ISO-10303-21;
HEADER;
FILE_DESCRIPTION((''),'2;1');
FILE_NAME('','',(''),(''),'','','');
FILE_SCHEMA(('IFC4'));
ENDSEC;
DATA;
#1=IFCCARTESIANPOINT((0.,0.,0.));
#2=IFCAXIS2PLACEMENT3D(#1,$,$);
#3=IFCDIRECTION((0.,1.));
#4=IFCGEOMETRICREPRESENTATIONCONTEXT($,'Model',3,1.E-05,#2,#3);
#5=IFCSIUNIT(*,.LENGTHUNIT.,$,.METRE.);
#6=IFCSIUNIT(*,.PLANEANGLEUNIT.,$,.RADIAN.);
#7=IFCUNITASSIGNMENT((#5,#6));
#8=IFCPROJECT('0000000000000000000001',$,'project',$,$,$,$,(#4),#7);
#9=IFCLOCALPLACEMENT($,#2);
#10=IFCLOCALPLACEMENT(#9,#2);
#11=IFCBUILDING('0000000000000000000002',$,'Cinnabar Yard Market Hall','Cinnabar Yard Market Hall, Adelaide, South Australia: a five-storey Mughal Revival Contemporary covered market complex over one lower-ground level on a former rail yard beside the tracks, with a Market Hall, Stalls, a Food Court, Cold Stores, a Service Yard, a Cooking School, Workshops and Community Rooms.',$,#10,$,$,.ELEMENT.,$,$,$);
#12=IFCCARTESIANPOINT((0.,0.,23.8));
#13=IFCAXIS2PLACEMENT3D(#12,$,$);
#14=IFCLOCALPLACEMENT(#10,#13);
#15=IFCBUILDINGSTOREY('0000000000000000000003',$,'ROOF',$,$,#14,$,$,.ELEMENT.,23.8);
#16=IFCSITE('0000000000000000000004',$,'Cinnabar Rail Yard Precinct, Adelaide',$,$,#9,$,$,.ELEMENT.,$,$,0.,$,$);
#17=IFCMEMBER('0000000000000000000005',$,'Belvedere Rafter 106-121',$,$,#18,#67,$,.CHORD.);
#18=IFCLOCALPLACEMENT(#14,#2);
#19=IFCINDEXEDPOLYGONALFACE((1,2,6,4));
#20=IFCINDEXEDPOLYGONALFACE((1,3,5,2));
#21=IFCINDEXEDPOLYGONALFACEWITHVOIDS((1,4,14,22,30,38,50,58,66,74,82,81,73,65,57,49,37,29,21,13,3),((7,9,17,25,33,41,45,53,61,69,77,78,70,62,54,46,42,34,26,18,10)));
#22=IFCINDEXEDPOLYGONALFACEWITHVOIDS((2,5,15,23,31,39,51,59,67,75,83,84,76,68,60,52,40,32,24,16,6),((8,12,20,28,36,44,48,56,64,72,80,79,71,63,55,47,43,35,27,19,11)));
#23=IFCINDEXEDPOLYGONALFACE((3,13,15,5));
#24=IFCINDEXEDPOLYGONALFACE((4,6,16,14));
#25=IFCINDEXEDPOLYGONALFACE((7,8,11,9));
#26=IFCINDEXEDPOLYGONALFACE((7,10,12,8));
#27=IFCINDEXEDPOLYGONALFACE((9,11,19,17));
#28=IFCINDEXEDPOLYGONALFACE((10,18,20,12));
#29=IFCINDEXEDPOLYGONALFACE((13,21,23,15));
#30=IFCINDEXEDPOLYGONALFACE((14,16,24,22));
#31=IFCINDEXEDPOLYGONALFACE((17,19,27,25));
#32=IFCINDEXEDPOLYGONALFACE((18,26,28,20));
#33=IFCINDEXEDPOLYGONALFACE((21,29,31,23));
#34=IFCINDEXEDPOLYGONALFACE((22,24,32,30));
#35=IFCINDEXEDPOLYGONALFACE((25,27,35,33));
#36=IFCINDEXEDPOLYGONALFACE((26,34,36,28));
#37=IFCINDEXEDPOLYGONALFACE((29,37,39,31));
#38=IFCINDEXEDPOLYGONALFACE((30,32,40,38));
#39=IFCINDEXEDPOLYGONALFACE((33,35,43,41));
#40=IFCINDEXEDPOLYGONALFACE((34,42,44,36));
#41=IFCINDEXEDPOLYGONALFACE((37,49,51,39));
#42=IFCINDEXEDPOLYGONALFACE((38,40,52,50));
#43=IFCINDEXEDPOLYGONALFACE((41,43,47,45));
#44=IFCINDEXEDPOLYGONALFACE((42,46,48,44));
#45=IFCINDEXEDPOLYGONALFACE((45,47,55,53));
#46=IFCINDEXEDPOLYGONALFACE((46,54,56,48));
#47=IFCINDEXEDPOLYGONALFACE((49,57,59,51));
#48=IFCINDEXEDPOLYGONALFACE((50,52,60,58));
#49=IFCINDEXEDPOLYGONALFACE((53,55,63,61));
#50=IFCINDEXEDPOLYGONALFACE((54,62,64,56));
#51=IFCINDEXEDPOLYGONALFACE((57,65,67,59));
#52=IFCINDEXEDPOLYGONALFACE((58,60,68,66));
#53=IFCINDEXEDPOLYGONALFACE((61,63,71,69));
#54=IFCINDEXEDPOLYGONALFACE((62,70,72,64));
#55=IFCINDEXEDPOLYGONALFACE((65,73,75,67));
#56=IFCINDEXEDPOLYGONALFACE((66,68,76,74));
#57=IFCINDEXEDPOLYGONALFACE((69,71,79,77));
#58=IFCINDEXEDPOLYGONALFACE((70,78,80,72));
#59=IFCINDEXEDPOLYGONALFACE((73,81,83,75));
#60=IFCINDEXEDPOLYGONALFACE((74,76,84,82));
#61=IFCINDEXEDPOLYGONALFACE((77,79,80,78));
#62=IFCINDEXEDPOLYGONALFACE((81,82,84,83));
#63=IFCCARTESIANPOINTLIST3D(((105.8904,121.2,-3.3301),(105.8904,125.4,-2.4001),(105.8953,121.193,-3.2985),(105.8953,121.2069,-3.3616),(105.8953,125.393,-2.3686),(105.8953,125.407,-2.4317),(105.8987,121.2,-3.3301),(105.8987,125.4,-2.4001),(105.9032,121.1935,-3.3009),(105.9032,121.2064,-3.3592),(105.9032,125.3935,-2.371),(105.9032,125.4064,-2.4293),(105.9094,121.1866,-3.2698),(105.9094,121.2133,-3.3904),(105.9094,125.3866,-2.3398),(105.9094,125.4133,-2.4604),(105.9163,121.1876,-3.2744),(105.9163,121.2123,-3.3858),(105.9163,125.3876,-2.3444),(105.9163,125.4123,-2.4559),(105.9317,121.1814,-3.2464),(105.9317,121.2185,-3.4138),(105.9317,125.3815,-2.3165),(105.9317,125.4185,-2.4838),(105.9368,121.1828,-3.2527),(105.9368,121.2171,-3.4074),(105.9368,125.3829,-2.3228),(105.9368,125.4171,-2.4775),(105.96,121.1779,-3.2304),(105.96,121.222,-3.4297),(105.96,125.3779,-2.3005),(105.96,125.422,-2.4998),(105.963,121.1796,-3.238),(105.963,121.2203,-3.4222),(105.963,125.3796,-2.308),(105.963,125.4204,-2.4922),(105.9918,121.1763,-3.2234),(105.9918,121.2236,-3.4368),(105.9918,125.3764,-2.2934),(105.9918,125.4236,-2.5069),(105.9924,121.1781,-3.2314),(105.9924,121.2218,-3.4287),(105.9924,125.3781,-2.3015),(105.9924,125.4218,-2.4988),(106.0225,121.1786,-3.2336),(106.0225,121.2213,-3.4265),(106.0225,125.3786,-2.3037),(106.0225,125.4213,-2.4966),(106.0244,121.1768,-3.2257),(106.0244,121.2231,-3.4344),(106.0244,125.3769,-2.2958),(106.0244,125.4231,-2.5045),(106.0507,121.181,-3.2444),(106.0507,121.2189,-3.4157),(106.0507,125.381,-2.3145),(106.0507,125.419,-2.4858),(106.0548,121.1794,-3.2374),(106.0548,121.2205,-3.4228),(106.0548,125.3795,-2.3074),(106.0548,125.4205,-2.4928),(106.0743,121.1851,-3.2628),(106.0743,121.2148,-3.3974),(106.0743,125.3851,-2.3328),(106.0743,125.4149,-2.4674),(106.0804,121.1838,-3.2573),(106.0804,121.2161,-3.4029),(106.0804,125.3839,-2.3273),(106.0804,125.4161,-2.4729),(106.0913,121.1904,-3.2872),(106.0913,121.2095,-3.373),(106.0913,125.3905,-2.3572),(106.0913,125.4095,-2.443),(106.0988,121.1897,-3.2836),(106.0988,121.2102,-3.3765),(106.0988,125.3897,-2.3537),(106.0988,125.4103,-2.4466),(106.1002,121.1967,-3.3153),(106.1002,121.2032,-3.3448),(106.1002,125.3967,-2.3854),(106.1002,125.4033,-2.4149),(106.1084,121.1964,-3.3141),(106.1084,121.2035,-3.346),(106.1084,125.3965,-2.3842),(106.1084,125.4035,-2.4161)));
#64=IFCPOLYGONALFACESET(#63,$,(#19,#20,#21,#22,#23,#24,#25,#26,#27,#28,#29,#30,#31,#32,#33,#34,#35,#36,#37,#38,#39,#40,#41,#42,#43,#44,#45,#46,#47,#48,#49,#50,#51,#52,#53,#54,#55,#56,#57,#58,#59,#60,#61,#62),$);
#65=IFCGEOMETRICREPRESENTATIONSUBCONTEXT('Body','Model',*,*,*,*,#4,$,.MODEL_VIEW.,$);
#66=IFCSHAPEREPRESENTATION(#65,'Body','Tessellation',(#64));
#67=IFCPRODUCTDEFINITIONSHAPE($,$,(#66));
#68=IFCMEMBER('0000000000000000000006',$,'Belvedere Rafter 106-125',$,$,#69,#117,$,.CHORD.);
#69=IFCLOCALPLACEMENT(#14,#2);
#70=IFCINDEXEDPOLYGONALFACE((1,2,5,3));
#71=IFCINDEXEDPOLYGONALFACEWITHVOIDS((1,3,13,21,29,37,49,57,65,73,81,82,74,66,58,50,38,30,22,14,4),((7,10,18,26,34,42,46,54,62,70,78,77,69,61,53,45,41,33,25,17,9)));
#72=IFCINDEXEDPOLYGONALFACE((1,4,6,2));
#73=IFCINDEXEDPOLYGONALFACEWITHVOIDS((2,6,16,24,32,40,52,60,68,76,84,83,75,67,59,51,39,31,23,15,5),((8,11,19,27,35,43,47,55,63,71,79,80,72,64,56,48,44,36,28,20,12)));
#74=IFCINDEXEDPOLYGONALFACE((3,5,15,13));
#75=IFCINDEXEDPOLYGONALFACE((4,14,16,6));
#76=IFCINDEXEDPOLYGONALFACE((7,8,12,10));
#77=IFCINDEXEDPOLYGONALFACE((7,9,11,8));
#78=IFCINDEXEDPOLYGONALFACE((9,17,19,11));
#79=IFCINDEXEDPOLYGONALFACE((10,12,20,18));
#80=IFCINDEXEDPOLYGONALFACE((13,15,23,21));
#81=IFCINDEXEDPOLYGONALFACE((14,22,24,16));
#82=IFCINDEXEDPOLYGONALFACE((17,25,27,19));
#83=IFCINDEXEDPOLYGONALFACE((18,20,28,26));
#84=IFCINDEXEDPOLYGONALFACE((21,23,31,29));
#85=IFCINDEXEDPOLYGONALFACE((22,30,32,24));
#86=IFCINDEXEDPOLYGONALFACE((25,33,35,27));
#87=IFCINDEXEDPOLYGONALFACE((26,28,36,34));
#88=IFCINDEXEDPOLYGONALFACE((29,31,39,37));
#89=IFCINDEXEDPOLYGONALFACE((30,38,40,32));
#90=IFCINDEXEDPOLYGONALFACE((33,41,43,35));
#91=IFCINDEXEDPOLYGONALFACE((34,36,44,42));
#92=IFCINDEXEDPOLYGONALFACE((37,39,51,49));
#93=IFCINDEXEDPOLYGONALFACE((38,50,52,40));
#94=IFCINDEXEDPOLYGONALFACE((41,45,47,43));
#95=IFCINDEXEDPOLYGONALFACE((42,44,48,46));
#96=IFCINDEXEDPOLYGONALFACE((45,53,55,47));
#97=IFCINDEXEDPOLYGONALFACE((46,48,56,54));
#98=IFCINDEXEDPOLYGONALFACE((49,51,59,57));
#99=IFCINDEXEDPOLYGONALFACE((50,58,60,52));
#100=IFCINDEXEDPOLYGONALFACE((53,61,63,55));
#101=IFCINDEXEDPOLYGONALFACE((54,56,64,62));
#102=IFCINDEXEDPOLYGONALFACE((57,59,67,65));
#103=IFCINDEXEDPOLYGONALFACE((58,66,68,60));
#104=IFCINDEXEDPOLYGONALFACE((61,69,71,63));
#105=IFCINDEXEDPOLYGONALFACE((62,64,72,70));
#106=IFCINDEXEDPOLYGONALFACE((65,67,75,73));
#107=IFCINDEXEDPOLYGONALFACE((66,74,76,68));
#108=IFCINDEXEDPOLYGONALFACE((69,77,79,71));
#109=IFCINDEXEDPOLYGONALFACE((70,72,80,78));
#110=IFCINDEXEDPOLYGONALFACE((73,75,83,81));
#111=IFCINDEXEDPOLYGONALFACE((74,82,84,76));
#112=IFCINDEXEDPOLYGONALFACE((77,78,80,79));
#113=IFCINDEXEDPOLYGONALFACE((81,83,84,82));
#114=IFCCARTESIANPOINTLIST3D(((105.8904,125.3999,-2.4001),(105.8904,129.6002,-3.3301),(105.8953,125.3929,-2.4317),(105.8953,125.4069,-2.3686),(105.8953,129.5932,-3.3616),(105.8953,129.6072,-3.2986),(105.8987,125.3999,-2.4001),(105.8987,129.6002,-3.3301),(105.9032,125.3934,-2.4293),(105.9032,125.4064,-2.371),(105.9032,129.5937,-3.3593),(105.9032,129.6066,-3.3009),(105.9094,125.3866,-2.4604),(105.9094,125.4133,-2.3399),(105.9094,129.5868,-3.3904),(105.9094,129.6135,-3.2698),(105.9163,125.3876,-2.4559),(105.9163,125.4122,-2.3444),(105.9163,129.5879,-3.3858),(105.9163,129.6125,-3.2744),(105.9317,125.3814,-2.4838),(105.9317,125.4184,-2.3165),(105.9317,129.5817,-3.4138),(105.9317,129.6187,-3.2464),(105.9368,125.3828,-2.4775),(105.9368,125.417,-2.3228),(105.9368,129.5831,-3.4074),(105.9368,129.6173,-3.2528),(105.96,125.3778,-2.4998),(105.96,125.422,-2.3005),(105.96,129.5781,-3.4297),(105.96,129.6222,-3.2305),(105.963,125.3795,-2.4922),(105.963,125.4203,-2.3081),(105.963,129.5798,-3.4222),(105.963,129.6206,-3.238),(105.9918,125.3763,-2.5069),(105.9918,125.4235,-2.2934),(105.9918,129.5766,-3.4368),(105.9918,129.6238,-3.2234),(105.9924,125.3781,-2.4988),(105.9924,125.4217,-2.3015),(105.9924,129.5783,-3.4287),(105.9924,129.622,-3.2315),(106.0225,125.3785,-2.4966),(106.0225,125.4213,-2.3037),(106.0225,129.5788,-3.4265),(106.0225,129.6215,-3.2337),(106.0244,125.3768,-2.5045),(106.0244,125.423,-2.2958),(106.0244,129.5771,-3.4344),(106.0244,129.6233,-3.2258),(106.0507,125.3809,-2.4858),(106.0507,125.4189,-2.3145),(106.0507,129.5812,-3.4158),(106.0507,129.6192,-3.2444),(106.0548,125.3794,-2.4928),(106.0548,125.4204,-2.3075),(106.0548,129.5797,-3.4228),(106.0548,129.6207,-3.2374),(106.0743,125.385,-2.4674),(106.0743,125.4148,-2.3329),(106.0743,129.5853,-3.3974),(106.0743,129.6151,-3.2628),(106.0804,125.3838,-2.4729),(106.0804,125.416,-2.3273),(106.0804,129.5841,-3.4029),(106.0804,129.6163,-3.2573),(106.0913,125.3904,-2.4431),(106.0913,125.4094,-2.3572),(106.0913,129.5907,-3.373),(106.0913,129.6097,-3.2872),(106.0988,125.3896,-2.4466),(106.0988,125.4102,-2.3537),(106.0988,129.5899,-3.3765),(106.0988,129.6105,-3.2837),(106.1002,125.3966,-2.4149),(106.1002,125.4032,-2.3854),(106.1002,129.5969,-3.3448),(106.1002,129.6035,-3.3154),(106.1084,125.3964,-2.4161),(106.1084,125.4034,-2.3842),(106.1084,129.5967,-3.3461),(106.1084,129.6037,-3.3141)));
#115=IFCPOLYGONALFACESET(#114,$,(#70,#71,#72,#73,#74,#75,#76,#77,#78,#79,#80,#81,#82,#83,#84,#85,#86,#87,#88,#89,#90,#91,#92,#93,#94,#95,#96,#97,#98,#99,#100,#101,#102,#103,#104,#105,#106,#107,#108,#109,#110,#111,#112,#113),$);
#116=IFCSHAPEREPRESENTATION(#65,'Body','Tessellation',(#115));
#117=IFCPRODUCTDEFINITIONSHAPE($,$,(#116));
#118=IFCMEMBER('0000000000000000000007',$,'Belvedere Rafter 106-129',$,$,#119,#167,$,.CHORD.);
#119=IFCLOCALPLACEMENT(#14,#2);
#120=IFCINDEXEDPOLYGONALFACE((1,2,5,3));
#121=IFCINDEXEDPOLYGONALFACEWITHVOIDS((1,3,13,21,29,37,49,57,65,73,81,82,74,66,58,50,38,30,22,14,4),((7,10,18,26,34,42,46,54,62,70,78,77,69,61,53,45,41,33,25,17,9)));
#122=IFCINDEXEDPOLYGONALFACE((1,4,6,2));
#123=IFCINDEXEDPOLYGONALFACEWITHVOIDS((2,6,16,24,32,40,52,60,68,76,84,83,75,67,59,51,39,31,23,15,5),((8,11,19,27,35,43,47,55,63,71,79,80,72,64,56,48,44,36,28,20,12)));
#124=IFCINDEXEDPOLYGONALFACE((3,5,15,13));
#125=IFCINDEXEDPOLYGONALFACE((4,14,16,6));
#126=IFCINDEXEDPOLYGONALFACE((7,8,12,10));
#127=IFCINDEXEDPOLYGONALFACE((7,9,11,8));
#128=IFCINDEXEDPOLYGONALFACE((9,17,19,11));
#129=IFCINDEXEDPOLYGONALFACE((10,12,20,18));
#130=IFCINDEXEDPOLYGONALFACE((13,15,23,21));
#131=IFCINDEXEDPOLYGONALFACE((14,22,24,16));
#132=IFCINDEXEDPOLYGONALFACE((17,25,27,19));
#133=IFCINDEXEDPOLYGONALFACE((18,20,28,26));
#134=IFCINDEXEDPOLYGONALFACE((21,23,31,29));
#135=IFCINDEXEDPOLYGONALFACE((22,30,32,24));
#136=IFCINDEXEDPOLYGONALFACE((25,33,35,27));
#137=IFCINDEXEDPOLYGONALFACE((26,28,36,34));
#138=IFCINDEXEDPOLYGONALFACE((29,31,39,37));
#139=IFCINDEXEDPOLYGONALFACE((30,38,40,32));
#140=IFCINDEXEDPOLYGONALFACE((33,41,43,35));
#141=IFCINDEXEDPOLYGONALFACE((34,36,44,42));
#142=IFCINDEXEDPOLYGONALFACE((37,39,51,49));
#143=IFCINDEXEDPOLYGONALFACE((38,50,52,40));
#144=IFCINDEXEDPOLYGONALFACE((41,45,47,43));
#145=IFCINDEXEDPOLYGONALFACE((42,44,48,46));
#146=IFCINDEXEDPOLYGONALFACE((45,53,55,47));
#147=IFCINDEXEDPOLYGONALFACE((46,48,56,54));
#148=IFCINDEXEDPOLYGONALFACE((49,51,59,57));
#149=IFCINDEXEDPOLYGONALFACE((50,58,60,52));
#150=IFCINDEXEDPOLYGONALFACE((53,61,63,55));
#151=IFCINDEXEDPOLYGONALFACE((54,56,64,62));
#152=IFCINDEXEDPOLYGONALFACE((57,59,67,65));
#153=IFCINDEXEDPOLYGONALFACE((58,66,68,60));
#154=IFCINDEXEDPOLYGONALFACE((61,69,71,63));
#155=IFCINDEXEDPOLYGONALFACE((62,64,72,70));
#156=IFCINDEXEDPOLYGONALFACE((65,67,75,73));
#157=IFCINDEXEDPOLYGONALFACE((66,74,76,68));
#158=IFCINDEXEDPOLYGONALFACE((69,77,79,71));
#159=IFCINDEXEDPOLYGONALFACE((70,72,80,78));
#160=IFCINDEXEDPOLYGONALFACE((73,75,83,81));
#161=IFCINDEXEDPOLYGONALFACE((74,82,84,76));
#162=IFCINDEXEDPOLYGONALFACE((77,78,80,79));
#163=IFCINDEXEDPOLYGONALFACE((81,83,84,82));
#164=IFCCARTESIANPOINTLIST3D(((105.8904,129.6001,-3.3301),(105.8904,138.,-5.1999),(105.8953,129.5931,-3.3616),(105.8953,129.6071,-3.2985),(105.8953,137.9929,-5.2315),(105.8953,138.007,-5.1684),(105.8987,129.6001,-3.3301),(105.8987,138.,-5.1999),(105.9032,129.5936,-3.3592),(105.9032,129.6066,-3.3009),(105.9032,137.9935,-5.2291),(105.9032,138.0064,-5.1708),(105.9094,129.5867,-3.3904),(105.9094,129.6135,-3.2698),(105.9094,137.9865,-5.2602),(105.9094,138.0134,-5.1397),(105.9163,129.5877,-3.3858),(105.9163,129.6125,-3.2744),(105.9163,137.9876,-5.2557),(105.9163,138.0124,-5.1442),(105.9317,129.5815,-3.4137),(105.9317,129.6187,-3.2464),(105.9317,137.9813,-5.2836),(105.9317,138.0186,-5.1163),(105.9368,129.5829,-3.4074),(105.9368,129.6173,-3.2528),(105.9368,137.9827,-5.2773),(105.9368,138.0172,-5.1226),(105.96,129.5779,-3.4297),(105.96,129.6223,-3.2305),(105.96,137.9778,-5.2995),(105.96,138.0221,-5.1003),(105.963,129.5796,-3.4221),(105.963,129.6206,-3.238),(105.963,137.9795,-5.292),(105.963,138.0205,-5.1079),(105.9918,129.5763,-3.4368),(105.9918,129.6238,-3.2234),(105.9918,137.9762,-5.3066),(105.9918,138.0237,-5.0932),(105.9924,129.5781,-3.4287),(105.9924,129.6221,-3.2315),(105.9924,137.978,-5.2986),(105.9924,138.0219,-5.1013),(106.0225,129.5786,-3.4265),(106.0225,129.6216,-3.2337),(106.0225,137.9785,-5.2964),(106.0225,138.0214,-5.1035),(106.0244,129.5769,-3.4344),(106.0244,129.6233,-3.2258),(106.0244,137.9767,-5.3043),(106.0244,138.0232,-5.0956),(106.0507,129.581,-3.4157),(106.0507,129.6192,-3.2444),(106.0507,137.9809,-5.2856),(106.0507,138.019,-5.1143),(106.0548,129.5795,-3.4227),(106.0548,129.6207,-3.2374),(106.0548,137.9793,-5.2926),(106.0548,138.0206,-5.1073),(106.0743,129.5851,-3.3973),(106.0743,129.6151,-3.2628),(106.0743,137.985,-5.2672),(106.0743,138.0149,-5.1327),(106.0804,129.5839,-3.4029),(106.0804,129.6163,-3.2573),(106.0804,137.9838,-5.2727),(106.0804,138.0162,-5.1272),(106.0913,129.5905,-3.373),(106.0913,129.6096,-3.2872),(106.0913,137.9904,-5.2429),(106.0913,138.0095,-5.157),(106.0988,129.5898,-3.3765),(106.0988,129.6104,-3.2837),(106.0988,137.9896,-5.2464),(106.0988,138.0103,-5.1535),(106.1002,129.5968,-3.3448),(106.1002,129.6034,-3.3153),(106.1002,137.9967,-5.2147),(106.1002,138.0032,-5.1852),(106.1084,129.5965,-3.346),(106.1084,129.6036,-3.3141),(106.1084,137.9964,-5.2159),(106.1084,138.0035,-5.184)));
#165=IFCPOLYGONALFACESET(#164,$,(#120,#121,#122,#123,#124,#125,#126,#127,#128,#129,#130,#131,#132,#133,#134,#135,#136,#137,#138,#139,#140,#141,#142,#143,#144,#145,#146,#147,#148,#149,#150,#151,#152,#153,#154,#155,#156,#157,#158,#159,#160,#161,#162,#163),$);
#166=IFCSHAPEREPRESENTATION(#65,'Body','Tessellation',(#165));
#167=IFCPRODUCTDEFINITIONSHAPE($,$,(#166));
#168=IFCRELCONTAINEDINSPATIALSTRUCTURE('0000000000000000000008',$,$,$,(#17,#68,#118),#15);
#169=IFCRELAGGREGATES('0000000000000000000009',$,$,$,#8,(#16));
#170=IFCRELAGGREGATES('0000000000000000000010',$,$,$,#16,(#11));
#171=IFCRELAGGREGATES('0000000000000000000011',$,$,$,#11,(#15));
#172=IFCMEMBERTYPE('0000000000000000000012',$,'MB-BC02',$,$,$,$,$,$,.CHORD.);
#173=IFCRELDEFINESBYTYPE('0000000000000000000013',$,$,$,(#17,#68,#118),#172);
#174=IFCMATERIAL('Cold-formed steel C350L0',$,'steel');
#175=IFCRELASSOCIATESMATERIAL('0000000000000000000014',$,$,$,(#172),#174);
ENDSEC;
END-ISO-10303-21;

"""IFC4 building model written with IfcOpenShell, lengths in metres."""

from ifc_helpers import new_model, si_unit, direction, frame, origin, origin_2d_with_axis, place, context, subcontext, project, spatial, hollow_circle, extrude, material, material_profile, profile_set, type_object, element, save


model = new_model("IFC4")

# Units and contexts
model_context = context("Model", 3, precision=1e-05, world=origin(), true_north=direction((0.0, 1.0)))
body_context = subcontext(model_context, "Body", "Model", "MODEL_VIEW")
ifc_project = project(units=[si_unit("LENGTHUNIT", "METRE"), si_unit("PLANEANGLEUNIT", "RADIAN")], contexts=[model_context])

# Site, building, storey
site_placement = place(None, origin())
site = spatial("IfcSite", under=ifc_project, at=site_placement, Name="Cinnabar Rail Yard Precinct, Adelaide", CompositionType="ELEMENT", RefElevation=0.0)
building_placement = place(site_placement, origin())
building = spatial("IfcBuilding", under=site, at=building_placement, Name="Cinnabar Yard Market Hall", Description="Cinnabar Yard Market Hall, Adelaide, South Australia: a five-storey Mughal Revival Contemporary covered market complex over one lower-ground level on a former rail yard beside the tracks, with a Market Hall, Stalls, a Food Court, Cold Stores, a Service Yard, a Cooking School, Workshops and Community Rooms.", CompositionType="ELEMENT")
storey_placement = place(building_placement, frame((0.0, 0.0, 23.8)))
storey = spatial("IfcBuildingStorey", under=building, at=storey_placement, Name="ROOF", CompositionType="ELEMENT", Elevation=23.8)

# Shared definitions
ifc_material_1 = material(Name="Cold-formed steel C350L0", Category="steel")

# Members
ifc_material_profile_1 = material_profile(ifc_material_1, hollow_circle(Radius=0.1096, WallThickness=0.0083, at=origin_2d_with_axis()), Name="219.1x8.2CHS")
ifc_profile_set_1 = profile_set([ifc_material_profile_1], Name="Cold-formed steel C350L0")
member_type_1 = type_object("IfcMemberType", Name="MB-BC02", PredefinedType="CHORD", material=ifc_profile_set_1)
member_1_placement = place(storey_placement, frame((106.0, 121.2, -3.3301), z_axis=(0.0, 0.976354, 0.216179), x_axis=(-1.0, 0.0, 0.0)))
element("IfcMember", 1, at=member_1_placement, inside=storey, type_object=member_type_1, Name="Belvedere Rafter 106-121", PredefinedType="CHORD", context=body_context, shape_type="SweptSolid", body=[
    extrude(hollow_circle(Radius=0.1096, WallThickness=0.0083, at=origin_2d_with_axis()), origin(), (0.0, 0.0, 1.0), 4.3018),
])
member_2_placement = place(storey_placement, frame((106.0, 125.3999, -2.4001), z_axis=(0.0, 0.976356, -0.216167), x_axis=(-1.0, 0.0, 0.0)))
element("IfcMember", 2, at=member_2_placement, inside=storey, type_object=member_type_1, Name="Belvedere Rafter 106-125", PredefinedType="CHORD", context=body_context, shape_type="SweptSolid", body=[
    extrude(hollow_circle(Radius=0.1096, WallThickness=0.0083, at=origin_2d_with_axis()), origin(), (0.0, 0.0, 1.0), 4.302),
])
member_3_placement = place(storey_placement, frame((106.0, 129.6001, -3.3301), z_axis=(0.0, 0.976108, -0.217288), x_axis=(-1.0, 0.0, 0.0)))
element("IfcMember", 3, at=member_3_placement, inside=storey, type_object=member_type_1, Name="Belvedere Rafter 106-129", PredefinedType="CHORD", context=body_context, shape_type="SweptSolid", body=[
    extrude(hollow_circle(Radius=0.1096, WallThickness=0.0083, at=origin_2d_with_axis()), origin(), (0.0, 0.0, 1.0), 8.6055),
])

save(model, "model.ifc")
